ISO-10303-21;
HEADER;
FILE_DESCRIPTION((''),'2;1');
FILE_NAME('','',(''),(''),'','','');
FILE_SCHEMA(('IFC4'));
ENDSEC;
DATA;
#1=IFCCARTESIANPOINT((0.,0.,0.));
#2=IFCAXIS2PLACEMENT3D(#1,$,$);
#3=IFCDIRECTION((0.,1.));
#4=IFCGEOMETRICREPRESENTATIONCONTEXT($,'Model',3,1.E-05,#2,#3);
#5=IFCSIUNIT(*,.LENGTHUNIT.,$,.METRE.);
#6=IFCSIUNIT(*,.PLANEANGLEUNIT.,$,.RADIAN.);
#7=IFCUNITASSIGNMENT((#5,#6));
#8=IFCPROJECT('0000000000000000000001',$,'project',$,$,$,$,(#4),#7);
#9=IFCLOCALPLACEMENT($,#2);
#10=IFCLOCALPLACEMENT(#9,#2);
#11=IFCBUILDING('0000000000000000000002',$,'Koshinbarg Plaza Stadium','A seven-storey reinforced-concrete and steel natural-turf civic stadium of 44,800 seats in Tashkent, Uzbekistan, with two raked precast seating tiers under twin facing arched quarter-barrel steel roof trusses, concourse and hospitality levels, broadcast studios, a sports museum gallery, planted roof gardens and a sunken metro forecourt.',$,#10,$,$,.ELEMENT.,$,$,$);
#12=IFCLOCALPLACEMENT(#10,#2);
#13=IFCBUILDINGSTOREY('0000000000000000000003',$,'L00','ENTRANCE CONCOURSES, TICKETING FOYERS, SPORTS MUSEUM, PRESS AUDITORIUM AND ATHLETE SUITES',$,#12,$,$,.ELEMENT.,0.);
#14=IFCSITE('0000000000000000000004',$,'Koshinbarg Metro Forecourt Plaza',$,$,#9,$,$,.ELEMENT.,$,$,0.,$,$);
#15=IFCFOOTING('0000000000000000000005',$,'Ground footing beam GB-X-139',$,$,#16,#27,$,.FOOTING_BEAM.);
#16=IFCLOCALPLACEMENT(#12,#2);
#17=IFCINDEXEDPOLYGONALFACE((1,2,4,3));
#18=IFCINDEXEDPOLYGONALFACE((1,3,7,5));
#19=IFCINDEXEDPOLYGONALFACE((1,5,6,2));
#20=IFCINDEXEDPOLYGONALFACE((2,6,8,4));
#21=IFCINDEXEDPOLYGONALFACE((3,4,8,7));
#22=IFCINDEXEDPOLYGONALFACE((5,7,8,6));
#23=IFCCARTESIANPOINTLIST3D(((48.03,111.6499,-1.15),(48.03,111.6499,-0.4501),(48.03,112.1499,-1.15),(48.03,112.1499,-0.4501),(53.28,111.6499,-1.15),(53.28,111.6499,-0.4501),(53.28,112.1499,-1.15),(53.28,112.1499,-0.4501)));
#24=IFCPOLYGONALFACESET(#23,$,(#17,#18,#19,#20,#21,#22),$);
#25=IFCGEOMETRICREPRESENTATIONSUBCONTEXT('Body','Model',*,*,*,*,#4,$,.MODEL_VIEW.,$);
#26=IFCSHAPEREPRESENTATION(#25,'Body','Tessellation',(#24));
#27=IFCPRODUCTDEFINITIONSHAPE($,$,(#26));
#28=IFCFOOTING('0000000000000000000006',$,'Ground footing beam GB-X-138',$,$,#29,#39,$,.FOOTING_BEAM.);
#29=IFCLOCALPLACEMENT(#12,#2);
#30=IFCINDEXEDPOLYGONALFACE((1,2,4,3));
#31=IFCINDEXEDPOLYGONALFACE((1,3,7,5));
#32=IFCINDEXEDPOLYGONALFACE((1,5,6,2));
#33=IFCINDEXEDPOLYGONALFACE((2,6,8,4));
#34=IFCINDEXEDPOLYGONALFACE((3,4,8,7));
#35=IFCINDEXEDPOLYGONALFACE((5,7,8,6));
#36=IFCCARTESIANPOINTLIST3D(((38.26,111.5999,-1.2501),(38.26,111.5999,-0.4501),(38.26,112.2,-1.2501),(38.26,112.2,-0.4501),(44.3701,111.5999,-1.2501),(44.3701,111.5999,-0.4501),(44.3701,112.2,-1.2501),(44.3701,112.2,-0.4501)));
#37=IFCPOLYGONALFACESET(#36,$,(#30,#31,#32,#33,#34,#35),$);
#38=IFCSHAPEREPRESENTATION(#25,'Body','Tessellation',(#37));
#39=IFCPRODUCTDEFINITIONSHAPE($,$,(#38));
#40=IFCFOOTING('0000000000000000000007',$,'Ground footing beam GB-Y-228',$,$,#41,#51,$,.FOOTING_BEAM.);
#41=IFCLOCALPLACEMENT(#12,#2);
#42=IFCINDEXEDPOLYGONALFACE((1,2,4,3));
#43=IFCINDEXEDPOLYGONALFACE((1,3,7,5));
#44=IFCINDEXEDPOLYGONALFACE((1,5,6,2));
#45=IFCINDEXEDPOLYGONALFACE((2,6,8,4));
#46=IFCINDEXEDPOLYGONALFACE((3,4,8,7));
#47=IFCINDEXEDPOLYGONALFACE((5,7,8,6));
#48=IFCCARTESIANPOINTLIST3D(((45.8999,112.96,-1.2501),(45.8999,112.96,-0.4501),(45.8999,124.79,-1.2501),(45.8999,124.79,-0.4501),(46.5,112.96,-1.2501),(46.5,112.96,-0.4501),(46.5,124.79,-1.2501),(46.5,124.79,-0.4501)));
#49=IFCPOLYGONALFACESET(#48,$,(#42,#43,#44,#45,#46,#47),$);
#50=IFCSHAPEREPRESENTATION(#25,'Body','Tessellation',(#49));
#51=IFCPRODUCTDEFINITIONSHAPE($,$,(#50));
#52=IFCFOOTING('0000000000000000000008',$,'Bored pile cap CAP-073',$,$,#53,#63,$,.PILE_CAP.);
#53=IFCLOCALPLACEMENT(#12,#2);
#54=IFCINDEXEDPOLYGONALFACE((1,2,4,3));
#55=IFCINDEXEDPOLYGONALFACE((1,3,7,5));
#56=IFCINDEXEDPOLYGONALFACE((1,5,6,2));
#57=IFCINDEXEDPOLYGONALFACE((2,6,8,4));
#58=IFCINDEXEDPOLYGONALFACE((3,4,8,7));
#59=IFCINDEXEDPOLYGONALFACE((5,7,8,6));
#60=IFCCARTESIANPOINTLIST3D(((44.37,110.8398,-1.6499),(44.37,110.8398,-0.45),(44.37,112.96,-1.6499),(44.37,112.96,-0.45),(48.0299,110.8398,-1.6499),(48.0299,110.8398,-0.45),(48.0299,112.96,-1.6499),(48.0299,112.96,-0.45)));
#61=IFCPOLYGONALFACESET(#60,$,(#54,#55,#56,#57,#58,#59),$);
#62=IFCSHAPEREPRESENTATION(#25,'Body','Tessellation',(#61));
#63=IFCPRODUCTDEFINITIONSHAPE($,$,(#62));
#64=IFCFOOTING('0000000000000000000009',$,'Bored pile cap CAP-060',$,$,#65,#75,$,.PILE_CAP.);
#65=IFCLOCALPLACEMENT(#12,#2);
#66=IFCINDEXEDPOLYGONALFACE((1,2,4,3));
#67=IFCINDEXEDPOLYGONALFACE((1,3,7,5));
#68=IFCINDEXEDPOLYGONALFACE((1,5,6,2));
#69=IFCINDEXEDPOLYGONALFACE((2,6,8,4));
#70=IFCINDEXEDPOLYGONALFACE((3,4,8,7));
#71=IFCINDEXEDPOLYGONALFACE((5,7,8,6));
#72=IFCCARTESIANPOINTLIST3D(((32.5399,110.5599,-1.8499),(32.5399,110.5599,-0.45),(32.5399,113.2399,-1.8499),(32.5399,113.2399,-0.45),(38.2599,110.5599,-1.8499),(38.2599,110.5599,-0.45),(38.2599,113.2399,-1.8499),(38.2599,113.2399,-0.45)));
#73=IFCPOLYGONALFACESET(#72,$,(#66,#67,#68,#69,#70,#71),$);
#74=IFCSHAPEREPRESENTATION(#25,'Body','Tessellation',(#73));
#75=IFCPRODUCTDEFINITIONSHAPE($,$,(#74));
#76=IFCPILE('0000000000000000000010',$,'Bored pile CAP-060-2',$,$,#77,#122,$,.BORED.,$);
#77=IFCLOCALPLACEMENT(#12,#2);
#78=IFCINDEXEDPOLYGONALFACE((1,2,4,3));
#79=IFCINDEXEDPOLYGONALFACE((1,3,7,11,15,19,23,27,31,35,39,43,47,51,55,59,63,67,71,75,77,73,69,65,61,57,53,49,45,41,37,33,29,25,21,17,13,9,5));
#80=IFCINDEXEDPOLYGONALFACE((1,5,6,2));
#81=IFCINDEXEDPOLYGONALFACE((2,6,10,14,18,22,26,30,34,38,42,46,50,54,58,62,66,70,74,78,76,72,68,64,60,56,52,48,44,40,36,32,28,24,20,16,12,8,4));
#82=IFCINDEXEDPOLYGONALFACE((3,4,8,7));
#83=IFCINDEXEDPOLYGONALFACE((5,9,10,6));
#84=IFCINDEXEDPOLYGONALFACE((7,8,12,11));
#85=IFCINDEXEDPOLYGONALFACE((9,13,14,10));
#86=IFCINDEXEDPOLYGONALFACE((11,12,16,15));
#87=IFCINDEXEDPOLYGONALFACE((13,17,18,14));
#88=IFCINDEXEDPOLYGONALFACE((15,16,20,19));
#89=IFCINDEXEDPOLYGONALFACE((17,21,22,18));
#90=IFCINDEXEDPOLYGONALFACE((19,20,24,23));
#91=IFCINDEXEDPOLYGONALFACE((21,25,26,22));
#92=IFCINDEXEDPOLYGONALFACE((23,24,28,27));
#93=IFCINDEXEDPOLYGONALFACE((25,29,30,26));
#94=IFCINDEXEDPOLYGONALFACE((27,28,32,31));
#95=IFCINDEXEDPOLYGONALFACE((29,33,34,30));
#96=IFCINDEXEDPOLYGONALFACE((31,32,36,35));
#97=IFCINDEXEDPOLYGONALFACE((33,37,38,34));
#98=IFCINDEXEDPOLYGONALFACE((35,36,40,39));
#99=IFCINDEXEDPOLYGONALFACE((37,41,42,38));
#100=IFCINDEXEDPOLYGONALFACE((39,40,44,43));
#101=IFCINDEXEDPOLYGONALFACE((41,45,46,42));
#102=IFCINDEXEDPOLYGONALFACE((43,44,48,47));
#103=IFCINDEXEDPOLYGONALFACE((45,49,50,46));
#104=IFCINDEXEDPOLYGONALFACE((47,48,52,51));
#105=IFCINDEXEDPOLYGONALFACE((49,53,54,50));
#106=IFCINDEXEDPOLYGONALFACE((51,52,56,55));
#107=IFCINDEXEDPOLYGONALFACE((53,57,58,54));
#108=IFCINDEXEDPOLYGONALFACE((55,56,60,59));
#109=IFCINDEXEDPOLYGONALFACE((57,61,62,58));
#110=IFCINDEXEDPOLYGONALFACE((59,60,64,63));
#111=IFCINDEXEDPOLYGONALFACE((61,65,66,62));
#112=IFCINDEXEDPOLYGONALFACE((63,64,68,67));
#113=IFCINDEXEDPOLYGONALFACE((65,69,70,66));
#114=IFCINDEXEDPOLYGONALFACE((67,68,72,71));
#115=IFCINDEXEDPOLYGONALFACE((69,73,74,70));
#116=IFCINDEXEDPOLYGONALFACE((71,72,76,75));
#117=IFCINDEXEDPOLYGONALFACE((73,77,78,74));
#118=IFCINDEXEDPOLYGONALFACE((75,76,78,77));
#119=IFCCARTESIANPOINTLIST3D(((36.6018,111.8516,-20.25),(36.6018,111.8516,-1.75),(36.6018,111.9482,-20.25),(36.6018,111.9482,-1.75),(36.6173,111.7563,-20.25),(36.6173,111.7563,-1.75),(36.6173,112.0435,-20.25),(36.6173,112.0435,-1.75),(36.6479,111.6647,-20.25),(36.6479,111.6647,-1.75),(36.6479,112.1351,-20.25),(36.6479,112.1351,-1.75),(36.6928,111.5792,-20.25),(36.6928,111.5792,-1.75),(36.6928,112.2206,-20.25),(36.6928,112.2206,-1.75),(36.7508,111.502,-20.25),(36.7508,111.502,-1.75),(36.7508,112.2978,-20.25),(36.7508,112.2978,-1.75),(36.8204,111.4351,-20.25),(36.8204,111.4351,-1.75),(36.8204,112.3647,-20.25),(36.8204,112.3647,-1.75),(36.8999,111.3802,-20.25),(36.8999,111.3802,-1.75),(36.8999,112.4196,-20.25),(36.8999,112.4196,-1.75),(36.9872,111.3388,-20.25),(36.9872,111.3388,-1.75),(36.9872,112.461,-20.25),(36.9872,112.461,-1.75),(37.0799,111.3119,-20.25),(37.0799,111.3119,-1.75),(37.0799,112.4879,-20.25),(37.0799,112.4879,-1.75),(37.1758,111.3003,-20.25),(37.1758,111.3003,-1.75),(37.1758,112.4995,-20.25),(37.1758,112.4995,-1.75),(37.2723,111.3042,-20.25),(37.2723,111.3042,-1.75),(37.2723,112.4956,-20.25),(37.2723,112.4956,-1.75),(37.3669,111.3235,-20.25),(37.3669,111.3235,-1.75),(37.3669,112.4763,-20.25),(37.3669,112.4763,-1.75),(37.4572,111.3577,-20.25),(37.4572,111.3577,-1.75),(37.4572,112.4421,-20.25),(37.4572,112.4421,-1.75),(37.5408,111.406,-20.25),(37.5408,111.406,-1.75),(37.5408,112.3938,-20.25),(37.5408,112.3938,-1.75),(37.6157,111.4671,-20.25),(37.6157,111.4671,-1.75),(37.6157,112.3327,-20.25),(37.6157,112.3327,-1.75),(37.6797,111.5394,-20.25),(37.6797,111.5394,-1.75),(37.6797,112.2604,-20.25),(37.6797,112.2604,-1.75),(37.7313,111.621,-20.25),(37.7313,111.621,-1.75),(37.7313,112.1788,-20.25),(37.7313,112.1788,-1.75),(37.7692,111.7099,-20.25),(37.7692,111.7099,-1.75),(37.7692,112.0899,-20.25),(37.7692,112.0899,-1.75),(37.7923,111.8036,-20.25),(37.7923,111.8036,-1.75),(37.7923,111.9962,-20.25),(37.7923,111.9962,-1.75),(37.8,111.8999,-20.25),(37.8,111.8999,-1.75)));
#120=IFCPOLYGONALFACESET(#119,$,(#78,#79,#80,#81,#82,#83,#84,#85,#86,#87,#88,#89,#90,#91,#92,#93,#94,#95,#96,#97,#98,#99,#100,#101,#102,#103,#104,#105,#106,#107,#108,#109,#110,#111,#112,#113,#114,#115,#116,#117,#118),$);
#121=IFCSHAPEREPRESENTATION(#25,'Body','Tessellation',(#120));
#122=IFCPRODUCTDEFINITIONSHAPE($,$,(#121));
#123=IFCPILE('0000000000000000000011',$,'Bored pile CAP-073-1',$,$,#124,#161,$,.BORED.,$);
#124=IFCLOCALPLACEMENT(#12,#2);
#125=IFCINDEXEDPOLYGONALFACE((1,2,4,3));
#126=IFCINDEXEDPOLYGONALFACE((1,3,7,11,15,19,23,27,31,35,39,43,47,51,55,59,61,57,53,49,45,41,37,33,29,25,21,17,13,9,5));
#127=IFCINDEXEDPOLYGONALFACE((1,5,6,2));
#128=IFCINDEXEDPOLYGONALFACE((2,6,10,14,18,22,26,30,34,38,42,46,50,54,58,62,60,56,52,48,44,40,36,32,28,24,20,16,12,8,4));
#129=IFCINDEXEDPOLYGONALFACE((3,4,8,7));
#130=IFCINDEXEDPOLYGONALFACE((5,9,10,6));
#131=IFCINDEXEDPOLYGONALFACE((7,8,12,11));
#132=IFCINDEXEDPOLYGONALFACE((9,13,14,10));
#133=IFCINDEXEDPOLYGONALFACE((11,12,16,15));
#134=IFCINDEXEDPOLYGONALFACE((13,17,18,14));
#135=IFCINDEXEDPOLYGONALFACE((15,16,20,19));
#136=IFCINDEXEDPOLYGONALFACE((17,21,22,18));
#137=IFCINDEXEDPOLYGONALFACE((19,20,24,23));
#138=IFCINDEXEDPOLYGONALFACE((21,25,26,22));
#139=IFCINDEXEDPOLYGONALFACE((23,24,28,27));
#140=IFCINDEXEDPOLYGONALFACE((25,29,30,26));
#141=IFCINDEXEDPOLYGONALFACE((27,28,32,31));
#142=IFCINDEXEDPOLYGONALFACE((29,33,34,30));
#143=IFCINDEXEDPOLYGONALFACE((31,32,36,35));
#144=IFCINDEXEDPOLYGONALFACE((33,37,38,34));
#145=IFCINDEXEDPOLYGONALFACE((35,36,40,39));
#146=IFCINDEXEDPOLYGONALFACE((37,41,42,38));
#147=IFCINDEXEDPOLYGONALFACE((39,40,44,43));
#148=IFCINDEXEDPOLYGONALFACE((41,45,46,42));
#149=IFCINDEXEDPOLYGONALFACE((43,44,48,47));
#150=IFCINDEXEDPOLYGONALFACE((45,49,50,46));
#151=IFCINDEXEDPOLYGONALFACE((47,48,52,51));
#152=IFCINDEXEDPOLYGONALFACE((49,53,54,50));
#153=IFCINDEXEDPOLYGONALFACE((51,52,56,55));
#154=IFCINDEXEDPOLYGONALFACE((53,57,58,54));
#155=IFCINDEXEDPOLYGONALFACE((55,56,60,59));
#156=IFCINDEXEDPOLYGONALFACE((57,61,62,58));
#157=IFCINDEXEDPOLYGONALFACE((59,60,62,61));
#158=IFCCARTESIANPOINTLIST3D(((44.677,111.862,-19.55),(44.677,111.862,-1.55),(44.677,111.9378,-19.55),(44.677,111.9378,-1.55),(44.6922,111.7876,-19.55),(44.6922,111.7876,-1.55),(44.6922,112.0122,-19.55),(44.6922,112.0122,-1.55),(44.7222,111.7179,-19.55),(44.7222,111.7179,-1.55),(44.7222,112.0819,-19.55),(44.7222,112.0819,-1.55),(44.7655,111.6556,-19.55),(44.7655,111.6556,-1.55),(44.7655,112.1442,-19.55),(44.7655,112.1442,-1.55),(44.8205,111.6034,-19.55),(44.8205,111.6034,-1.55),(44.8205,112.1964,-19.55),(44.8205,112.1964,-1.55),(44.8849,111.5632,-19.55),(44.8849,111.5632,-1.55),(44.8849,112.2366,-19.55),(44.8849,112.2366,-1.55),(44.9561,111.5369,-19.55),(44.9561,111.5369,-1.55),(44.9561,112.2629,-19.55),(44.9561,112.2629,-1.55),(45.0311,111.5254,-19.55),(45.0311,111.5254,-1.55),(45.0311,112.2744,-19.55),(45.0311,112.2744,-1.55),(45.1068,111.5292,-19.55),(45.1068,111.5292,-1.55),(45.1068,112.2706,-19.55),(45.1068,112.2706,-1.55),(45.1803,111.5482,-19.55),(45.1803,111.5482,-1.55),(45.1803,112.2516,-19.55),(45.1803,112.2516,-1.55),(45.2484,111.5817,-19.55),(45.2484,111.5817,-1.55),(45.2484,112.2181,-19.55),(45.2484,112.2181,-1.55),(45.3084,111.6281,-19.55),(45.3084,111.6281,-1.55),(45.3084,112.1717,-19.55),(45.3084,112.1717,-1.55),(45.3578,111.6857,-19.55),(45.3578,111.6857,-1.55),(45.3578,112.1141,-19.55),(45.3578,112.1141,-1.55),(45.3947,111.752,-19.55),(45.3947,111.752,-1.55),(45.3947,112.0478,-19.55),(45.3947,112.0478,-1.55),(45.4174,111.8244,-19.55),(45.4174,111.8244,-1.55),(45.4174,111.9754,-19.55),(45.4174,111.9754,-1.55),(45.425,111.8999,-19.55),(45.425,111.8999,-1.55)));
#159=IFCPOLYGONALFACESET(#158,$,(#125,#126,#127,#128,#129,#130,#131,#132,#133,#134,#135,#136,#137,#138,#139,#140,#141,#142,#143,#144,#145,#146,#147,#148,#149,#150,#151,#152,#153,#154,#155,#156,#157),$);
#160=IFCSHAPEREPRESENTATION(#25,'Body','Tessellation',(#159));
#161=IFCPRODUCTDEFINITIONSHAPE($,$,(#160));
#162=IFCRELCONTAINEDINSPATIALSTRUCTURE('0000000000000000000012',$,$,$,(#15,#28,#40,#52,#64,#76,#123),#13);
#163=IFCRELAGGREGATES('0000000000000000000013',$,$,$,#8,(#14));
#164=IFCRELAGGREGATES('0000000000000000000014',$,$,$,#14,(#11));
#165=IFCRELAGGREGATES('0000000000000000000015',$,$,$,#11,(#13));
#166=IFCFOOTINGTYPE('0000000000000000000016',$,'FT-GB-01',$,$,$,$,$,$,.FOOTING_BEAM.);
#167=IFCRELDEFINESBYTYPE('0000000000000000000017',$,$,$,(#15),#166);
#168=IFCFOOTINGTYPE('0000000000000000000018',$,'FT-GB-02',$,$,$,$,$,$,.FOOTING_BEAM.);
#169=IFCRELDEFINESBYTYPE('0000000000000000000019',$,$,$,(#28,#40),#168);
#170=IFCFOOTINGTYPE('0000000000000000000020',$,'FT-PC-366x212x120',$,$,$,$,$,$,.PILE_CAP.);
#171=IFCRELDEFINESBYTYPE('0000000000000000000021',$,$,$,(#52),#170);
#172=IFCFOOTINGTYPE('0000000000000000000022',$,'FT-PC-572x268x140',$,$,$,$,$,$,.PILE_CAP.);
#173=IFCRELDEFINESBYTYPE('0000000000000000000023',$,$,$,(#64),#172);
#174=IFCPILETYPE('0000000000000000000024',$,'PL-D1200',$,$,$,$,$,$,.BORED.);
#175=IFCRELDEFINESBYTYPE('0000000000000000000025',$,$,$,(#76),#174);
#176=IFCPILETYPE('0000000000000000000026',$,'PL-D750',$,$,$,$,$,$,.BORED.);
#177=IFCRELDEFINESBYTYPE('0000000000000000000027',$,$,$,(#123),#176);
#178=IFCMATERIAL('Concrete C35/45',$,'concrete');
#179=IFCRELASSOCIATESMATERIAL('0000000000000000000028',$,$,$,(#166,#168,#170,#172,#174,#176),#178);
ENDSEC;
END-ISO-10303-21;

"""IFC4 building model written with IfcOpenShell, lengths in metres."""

from ifc_helpers import new_model, si_unit, direction, frame, origin, origin_2d, place, context, subcontext, project, spatial, rectangle, circle, extrude, material, material_profile, profile_set, type_object, element, save


model = new_model("IFC4")

# Units and contexts
model_context = context("Model", 3, precision=1e-05, world=origin(), true_north=direction((0.0, 1.0)))
body_context = subcontext(model_context, "Body", "Model", "MODEL_VIEW")
ifc_project = project(units=[si_unit("LENGTHUNIT", "METRE"), si_unit("PLANEANGLEUNIT", "RADIAN")], contexts=[model_context])

# Site, building, storey
site_placement = place(None, origin())
site = spatial("IfcSite", under=ifc_project, at=site_placement, Name="Koshinbarg Metro Forecourt Plaza", CompositionType="ELEMENT", RefElevation=0.0)
building_placement = place(site_placement, origin())
building = spatial("IfcBuilding", under=site, at=building_placement, Name="Koshinbarg Plaza Stadium", Description="A seven-storey reinforced-concrete and steel natural-turf civic stadium of 44,800 seats in Tashkent, Uzbekistan, with two raked precast seating tiers under twin facing arched quarter-barrel steel roof trusses, concourse and hospitality levels, broadcast studios, a sports museum gallery, planted roof gardens and a sunken metro forecourt.", CompositionType="ELEMENT")
storey_placement = place(building_placement, origin())
storey = spatial("IfcBuildingStorey", under=building, at=storey_placement, Name="L00", Description="ENTRANCE CONCOURSES, TICKETING FOYERS, SPORTS MUSEUM, PRESS AUDITORIUM AND ATHLETE SUITES", CompositionType="ELEMENT", Elevation=0.0)

# Footings
ifc_material_1 = material(Name="Concrete C35/45", Category="concrete")
ifc_material_profile_1 = material_profile(ifc_material_1, rectangle(XDim=0.5, YDim=0.7, at=origin_2d()), Name="GB 500x700")
ifc_profile_set_1 = profile_set([ifc_material_profile_1], Name="Concrete C35/45")
footing_type_1 = type_object("IfcFootingType", Name="FT-GB-01", PredefinedType="FOOTING_BEAM", material=ifc_profile_set_1)
footing_1_placement = place(storey_placement, frame((48.03, 111.8999, -0.8), z_axis=(1.0, 0.0, 0.0), x_axis=(0.0, 1.0, 0.0)))
element("IfcFooting", 1, at=footing_1_placement, inside=storey, type_object=footing_type_1, Name="Ground footing beam GB-X-139", PredefinedType="FOOTING_BEAM", context=body_context, shape_type="SweptSolid", body=[
    extrude(rectangle(XDim=0.5, YDim=0.7, at=origin_2d()), origin(), (0.0, 0.0, 1.0), 5.25),
])
ifc_material_profile_2 = material_profile(ifc_material_1, rectangle(XDim=0.6001, YDim=0.8, at=origin_2d()), Name="GB 600x800")
ifc_profile_set_2 = profile_set([ifc_material_profile_2], Name="Concrete C35/45")
footing_type_2 = type_object("IfcFootingType", Name="FT-GB-02", PredefinedType="FOOTING_BEAM", material=ifc_profile_set_2)
footing_2_placement = place(storey_placement, frame((38.26, 111.8999, -0.8501), z_axis=(1.0, 0.0, 0.0), x_axis=(0.0, 1.0, 0.0)))
element("IfcFooting", 2, at=footing_2_placement, inside=storey, type_object=footing_type_2, Name="Ground footing beam GB-X-138", PredefinedType="FOOTING_BEAM", context=body_context, shape_type="SweptSolid", body=[
    extrude(rectangle(XDim=0.6001, YDim=0.8, at=origin_2d()), origin(), (0.0, 0.0, 1.0), 6.1101),
])
footing_3_placement = place(storey_placement, frame((46.2, 112.96, -0.8501), z_axis=(0.0, 1.0, 0.0), x_axis=(-1.0, 0.0, 0.0)))
element("IfcFooting", 3, at=footing_3_placement, inside=storey, type_object=footing_type_2, Name="Ground footing beam GB-Y-228", PredefinedType="FOOTING_BEAM", context=body_context, shape_type="SweptSolid", body=[
    extrude(rectangle(XDim=0.6001, YDim=0.8, at=origin_2d()), origin(), (0.0, 0.0, 1.0), 11.8301),
])
footing_type_3 = type_object("IfcFootingType", Name="FT-PC-366x212x120", PredefinedType="PILE_CAP", material=ifc_material_1)
footing_4_placement = place(storey_placement, frame((46.2, 111.8999, -1.6499), z_axis=(0.0, 0.0, 1.0), x_axis=(1.0, 0.0, 0.0)))
element("IfcFooting", 4, at=footing_4_placement, inside=storey, type_object=footing_type_3, Name="Bored pile cap CAP-073", PredefinedType="PILE_CAP", context=body_context, shape_type="SweptSolid", body=[
    extrude(rectangle(XDim=3.6599, YDim=2.1201, at=origin_2d()), origin(), (0.0, 0.0, 1.0), 1.2),
])
footing_type_4 = type_object("IfcFootingType", Name="FT-PC-572x268x140", PredefinedType="PILE_CAP", material=ifc_material_1)
footing_5_placement = place(storey_placement, frame((35.3999, 111.8999, -1.8499), z_axis=(0.0, 0.0, 1.0), x_axis=(1.0, 0.0, 0.0)))
element("IfcFooting", 5, at=footing_5_placement, inside=storey, type_object=footing_type_4, Name="Bored pile cap CAP-060", PredefinedType="PILE_CAP", context=body_context, shape_type="SweptSolid", body=[
    extrude(rectangle(XDim=5.72, YDim=2.6799, at=origin_2d()), origin(), (0.0, 0.0, 1.0), 1.3999),
])

# Piles
ifc_material_profile_3 = material_profile(ifc_material_1, circle(Radius=0.6001, at=origin_2d()), Name="PILE D1200")
ifc_profile_set_3 = profile_set([ifc_material_profile_3], Name="Concrete C35/45")
pile_type_1 = type_object("IfcPileType", Name="PL-D1200", PredefinedType="BORED", material=ifc_profile_set_3)
pile_placement = place(storey_placement, frame((37.2, 111.8999, -1.75), z_axis=(0.0, 0.0, -1.0), x_axis=(1.0, 0.0, 0.0)))
element("IfcPile", 6, at=pile_placement, inside=storey, type_object=pile_type_1, Name="Bored pile CAP-060-2", PredefinedType="BORED", context=body_context, shape_type="SweptSolid", body=[
    extrude(circle(Radius=0.6001, at=origin_2d()), origin(), (0.0, 0.0, 1.0), 18.5),
])
ifc_material_profile_4 = material_profile(ifc_material_1, circle(Radius=0.375, at=origin_2d()), Name="PILE D750")
ifc_profile_set_4 = profile_set([ifc_material_profile_4], Name="Concrete C35/45")
pile_type_2 = type_object("IfcPileType", Name="PL-D750", PredefinedType="BORED", material=ifc_profile_set_4)
for number, where, z_axis, x_axis, name in (
    (7, (45.05, 111.8999, -1.55), (0.0, 0.0, -1.0), (1.0, 0.0, 0.0), "Bored pile CAP-073-1"),
):
    element("IfcPile", number, at=place(storey_placement, frame(where, z_axis=z_axis, x_axis=x_axis)), inside=storey, type_object=pile_type_2, Name=name, PredefinedType="BORED", context=body_context, shape_type="SweptSolid", body=[
        extrude(circle(Radius=0.375, at=origin_2d()), origin(), (0.0, 0.0, 1.0), 18.0),
    ])

save(model, "model.ifc")
